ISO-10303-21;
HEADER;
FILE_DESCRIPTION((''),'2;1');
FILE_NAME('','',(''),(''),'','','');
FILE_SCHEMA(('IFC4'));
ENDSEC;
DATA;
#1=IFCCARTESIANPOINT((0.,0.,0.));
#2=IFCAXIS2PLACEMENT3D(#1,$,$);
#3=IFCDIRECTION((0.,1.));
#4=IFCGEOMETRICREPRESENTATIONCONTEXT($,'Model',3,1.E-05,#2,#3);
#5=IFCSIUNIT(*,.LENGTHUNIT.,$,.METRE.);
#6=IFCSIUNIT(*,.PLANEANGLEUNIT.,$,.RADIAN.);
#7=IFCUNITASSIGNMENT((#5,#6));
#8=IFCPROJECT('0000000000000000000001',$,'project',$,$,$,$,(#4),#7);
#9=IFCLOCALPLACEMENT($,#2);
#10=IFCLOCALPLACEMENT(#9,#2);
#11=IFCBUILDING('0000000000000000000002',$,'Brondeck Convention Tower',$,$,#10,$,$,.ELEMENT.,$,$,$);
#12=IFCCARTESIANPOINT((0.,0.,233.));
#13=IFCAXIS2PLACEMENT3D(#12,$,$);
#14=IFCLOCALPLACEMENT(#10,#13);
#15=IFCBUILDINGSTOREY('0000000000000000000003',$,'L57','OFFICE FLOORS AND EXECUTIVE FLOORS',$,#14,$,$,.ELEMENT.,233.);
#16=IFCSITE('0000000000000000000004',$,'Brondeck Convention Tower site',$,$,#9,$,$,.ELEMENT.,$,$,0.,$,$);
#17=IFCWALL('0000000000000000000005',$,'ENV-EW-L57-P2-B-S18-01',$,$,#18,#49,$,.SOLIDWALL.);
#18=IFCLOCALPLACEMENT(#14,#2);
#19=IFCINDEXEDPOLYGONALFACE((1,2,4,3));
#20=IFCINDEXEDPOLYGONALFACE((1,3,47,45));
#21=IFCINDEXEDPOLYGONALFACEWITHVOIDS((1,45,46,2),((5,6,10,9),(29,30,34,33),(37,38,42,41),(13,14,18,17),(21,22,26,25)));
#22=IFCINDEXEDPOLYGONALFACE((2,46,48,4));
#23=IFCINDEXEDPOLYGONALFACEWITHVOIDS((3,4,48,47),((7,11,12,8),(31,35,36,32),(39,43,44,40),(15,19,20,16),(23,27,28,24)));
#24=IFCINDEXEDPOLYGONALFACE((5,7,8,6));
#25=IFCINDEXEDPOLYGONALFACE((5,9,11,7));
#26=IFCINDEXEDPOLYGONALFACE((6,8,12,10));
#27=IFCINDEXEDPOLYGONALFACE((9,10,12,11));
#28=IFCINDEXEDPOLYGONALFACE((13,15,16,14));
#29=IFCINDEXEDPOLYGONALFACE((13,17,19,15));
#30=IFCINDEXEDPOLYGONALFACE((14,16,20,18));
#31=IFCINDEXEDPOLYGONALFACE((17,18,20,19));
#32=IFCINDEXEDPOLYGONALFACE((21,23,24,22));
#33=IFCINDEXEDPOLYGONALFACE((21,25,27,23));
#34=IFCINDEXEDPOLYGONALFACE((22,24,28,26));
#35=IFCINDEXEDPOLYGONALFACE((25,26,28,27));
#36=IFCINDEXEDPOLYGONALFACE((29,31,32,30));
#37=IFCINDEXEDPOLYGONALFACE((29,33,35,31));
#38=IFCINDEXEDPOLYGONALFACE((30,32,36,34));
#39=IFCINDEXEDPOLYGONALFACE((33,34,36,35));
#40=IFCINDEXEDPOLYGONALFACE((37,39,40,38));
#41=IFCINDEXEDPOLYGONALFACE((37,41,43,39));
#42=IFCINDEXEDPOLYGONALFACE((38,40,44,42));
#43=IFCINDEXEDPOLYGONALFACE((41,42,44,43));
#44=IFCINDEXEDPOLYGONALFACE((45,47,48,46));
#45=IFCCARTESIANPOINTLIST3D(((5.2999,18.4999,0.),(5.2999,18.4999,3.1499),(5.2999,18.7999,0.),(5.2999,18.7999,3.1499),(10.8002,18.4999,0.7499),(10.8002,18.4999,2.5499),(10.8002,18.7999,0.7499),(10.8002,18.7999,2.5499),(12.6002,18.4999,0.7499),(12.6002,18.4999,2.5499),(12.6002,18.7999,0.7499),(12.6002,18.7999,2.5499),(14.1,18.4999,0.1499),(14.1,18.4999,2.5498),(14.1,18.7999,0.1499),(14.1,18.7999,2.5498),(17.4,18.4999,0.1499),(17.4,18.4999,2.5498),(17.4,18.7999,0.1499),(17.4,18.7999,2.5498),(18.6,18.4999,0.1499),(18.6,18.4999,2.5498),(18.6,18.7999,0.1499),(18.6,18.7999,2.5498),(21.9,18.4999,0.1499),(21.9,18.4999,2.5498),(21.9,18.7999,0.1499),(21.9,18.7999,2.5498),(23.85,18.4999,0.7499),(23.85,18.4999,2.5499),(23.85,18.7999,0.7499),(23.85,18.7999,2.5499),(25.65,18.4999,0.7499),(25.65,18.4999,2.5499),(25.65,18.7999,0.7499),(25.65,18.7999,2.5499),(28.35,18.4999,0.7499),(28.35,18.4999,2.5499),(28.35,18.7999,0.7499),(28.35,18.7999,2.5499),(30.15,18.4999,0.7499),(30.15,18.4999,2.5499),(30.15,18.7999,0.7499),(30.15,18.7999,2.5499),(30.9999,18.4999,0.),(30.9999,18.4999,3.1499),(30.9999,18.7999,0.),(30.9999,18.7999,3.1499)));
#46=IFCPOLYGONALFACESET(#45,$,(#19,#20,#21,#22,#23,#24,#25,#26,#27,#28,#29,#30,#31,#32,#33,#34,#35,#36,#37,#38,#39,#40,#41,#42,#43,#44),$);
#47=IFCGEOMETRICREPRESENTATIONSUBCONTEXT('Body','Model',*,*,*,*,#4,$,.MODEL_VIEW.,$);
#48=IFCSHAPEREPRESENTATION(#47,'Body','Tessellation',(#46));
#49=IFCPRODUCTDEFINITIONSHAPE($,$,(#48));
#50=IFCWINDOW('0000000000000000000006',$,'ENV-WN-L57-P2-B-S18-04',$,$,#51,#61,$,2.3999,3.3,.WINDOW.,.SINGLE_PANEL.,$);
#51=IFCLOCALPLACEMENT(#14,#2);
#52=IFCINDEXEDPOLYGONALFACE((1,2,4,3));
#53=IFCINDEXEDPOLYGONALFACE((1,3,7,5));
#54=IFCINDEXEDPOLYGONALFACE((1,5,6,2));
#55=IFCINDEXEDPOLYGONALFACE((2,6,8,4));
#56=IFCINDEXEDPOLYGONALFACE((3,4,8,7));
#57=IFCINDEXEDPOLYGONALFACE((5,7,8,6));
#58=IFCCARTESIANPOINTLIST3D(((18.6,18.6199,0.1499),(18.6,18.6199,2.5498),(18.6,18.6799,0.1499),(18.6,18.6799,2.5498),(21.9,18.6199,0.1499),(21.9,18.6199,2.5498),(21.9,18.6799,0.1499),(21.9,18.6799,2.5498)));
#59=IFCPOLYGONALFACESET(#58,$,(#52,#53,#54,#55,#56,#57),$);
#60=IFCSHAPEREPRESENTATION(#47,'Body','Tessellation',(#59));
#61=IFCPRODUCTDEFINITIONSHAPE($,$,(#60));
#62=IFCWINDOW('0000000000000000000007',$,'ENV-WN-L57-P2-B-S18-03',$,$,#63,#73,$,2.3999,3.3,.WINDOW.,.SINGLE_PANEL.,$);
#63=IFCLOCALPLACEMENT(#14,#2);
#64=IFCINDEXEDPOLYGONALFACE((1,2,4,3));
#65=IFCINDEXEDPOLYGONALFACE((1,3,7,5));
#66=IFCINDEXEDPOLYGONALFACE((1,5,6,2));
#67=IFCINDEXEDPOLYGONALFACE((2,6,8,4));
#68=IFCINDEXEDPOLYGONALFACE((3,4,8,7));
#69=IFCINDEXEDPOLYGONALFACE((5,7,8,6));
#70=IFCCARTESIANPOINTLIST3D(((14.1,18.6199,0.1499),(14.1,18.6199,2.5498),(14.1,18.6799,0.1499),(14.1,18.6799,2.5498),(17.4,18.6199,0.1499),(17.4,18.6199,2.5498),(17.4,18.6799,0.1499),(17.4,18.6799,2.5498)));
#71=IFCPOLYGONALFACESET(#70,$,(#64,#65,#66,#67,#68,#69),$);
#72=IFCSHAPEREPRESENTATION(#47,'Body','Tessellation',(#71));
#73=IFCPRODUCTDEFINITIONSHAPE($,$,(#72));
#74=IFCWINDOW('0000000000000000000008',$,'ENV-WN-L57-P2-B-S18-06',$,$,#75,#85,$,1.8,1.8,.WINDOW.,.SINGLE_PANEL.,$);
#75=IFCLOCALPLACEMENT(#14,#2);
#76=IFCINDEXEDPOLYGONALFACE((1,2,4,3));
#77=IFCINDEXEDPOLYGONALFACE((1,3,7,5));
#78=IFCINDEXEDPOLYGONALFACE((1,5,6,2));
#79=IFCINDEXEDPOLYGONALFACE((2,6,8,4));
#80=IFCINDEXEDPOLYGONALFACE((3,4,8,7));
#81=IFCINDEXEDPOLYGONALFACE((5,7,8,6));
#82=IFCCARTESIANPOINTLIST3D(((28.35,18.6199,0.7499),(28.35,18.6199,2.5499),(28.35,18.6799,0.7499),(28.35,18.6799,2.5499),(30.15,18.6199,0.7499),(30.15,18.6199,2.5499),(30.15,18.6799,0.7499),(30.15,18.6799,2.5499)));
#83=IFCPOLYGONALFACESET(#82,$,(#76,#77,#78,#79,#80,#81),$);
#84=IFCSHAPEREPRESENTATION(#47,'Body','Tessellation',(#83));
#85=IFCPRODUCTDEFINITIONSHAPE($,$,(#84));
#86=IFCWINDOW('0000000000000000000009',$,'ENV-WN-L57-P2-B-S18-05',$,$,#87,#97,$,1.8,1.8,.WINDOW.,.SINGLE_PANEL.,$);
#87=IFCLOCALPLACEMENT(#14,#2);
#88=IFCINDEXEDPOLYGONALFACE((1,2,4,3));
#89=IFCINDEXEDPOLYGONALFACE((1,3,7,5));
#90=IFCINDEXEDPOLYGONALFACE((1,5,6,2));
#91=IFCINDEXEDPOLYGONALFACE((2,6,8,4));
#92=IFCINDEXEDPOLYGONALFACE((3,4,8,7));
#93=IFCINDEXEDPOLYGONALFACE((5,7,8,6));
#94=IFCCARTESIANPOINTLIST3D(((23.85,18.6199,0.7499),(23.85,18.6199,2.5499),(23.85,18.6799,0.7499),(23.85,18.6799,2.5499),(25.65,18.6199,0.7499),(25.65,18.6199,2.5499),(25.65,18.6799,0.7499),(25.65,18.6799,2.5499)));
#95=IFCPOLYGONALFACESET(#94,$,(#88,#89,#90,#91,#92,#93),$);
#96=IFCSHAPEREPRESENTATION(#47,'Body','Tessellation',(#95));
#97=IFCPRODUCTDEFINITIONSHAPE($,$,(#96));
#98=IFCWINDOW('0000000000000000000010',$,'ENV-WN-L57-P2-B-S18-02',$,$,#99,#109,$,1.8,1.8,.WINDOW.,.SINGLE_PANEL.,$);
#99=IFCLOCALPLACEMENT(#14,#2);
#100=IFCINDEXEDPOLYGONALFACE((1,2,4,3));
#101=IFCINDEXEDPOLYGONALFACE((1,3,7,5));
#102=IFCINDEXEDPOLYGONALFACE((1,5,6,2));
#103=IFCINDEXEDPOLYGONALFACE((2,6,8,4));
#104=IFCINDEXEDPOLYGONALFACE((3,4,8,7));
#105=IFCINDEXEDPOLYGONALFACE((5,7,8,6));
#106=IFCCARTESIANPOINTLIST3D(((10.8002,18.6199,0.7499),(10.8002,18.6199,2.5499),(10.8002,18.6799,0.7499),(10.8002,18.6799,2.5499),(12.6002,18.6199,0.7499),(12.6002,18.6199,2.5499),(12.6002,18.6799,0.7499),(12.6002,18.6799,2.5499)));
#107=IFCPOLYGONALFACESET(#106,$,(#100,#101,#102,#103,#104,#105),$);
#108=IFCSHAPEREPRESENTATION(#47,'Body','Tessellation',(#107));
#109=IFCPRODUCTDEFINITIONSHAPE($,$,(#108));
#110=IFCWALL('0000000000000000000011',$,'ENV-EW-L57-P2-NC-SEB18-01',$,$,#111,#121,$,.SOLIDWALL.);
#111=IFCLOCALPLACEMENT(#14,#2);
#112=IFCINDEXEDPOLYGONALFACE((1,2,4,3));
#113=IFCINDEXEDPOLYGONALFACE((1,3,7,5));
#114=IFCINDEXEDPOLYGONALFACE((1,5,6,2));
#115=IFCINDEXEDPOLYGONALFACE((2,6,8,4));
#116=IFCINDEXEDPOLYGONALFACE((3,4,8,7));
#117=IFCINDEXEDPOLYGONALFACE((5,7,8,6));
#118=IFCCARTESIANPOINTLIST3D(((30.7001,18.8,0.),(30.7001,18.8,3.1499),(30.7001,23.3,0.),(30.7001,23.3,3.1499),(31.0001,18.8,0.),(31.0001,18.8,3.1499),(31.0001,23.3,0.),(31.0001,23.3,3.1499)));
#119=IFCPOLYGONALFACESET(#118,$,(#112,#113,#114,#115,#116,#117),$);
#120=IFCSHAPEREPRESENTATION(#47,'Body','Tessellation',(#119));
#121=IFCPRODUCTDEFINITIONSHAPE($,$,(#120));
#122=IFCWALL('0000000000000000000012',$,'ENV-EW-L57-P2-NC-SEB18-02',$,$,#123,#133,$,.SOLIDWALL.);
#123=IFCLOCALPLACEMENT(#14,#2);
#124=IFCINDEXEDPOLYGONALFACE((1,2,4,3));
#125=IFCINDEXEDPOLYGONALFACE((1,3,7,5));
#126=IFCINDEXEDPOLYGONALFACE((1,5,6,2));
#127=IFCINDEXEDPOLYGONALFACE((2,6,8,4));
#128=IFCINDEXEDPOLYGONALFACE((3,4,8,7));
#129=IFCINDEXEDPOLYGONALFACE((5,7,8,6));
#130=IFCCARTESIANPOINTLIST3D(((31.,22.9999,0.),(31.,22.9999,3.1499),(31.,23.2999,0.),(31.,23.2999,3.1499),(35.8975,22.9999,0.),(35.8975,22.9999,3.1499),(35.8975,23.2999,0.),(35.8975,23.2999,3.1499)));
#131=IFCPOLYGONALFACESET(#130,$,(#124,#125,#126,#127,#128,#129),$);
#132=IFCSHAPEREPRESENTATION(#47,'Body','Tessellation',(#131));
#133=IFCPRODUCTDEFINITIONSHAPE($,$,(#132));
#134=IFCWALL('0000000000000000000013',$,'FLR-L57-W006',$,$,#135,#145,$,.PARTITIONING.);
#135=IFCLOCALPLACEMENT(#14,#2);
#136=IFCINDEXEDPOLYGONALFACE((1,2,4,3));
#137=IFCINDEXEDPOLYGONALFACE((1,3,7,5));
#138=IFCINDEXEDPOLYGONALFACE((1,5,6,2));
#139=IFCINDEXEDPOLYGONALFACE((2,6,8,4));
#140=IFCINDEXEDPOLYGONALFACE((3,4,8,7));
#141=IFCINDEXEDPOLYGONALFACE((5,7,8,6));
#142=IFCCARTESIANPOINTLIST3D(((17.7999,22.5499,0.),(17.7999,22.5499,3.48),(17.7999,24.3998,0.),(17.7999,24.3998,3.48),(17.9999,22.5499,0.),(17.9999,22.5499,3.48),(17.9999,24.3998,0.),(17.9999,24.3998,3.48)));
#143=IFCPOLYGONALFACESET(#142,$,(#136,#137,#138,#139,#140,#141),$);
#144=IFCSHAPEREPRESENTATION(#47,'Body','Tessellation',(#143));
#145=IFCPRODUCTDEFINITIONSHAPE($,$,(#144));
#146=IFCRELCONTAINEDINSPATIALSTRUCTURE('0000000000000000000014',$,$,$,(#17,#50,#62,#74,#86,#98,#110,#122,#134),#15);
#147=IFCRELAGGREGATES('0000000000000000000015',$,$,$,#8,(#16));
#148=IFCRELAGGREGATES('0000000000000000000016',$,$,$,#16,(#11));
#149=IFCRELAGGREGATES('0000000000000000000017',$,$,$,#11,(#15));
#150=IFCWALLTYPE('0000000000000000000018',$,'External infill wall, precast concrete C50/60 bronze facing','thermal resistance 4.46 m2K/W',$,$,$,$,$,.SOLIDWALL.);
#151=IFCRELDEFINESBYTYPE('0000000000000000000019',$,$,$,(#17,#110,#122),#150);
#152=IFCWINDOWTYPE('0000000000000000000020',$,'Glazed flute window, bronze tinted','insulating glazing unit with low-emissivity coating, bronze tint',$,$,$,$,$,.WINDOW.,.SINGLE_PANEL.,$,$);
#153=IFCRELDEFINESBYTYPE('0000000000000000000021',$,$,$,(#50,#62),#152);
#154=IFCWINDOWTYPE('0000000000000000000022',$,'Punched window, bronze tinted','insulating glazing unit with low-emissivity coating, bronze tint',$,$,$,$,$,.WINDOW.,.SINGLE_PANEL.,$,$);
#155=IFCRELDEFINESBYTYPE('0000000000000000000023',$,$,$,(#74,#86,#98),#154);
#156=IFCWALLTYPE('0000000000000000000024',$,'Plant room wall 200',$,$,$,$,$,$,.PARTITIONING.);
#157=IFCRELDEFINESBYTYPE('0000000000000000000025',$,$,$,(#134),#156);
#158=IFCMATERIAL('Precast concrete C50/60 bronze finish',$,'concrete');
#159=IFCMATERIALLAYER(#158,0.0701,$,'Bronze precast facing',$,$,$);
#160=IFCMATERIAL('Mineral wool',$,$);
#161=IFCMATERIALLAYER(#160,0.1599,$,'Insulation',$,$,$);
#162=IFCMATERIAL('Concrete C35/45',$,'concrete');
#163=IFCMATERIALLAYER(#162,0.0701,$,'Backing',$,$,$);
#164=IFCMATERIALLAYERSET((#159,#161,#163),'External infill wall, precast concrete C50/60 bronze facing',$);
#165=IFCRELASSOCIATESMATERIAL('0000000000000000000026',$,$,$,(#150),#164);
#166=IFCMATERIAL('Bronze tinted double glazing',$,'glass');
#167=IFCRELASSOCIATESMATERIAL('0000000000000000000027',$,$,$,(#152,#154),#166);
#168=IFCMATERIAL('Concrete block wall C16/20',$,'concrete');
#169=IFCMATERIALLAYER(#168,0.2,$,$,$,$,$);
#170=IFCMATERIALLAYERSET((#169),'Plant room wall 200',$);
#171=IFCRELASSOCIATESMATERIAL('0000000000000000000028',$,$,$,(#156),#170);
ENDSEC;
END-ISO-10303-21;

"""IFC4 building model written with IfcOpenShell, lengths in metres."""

from ifc_helpers import new_model, si_unit, direction, frame, frame_2d, origin, place, context, subcontext, project, spatial, rectangle, extrude, material, layer, layer_set, type_object, element, fill, save


model = new_model("IFC4")

# Units and contexts
model_context = context("Model", 3, precision=1e-05, world=origin(), true_north=direction((0.0, 1.0)))
body_context = subcontext(model_context, "Body", "Model", "MODEL_VIEW")
ifc_project = project(units=[si_unit("LENGTHUNIT", "METRE"), si_unit("PLANEANGLEUNIT", "RADIAN")], contexts=[model_context])

# Site, building, storey
site_placement = place(None, origin())
site = spatial("IfcSite", under=ifc_project, at=site_placement, Name="Brondeck Convention Tower site", CompositionType="ELEMENT", RefElevation=0.0)
building_placement = place(site_placement, origin())
building = spatial("IfcBuilding", under=site, at=building_placement, Name="Brondeck Convention Tower", CompositionType="ELEMENT")
storey_placement = place(building_placement, frame((0.0, 0.0, 233.0)))
storey = spatial("IfcBuildingStorey", under=building, at=storey_placement, Name="L57", Description="OFFICE FLOORS AND EXECUTIVE FLOORS", CompositionType="ELEMENT", Elevation=233.0)

# Wall, openings, windows
ifc_material_1 = material(Name="Precast concrete C50/60 bronze finish", Category="concrete")
ifc_layer_1 = layer(ifc_material_1, 0.0701, Name="Bronze precast facing")
ifc_material_2 = material(Name="Mineral wool")
ifc_layer_2 = layer(ifc_material_2, 0.1599, Name="Insulation")
ifc_material_3 = material(Name="Concrete C35/45", Category="concrete")
ifc_layer_3 = layer(ifc_material_3, 0.0701, Name="Backing")
ifc_layer_set_1 = layer_set([ifc_layer_1, ifc_layer_2, ifc_layer_3], Name="External infill wall, precast concrete C50/60 bronze facing")
wall_type_1 = type_object("IfcWallType", Name="External infill wall, precast concrete C50/60 bronze facing", Description="thermal resistance 4.46 m2K/W", PredefinedType="SOLIDWALL", material=ifc_layer_set_1)
wall_1_placement = place(storey_placement, frame((31.0, 18.6499, 0.0), z_axis=(0.0, 0.0, 1.0), x_axis=(-1.0, 0.0, 0.0)))
wall_1 = element("IfcWall", 1, at=wall_1_placement, inside=storey, type_object=wall_type_1, Name="ENV-EW-L57-P2-B-S18-01", PredefinedType="SOLIDWALL", context=body_context, shape_type="SweptSolid", body=[
    extrude(rectangle(XDim=25.7, YDim=0.3, at=frame_2d((12.8501, 0.0))), origin(), (0.0, 0.0, 1.0), 3.1499),
])
opening_1_placement = place(wall_1_placement, frame((0.8501, 0.0, 0.75)))
opening_1 = element("IfcOpeningElement", 2, at=opening_1_placement, cuts=wall_1, PredefinedType="OPENING", context=body_context, shape_type="SweptSolid", body=[
    extrude(rectangle(XDim=1.8, YDim=1.8, at=frame_2d((0.8999, 0.8999))), frame((0.0, 0.1599, 0.0), z_axis=(0.0, -1.0, 0.0), x_axis=(1.0, 0.0, 0.0)), (0.0, 0.0, 1.0), 0.3201),
])
opening_2_placement = place(wall_1_placement, frame((5.3501, 0.0, 0.75)))
opening_2 = element("IfcOpeningElement", 3, at=opening_2_placement, cuts=wall_1, PredefinedType="OPENING", context=body_context, shape_type="SweptSolid", body=[
    extrude(rectangle(XDim=1.8, YDim=1.8, at=frame_2d((0.8999, 0.8999))), frame((0.0, 0.1599, 0.0), z_axis=(0.0, -1.0, 0.0), x_axis=(1.0, 0.0, 0.0)), (0.0, 0.0, 1.0), 0.3201),
])
opening_3_placement = place(wall_1_placement, frame((9.1001, 0.0, 0.1499)))
opening_3 = element("IfcOpeningElement", 4, at=opening_3_placement, cuts=wall_1, PredefinedType="OPENING", context=body_context, shape_type="SweptSolid", body=[
    extrude(rectangle(XDim=3.3, YDim=2.3999, at=frame_2d((1.6499, 1.2))), frame((0.0, 0.1599, 0.0), z_axis=(0.0, -1.0, 0.0), x_axis=(1.0, 0.0, 0.0)), (0.0, 0.0, 1.0), 0.3201),
])
opening_4_placement = place(wall_1_placement, frame((13.6001, 0.0, 0.1499)))
opening_4 = element("IfcOpeningElement", 5, at=opening_4_placement, cuts=wall_1, PredefinedType="OPENING", context=body_context, shape_type="SweptSolid", body=[
    extrude(rectangle(XDim=3.3, YDim=2.3999, at=frame_2d((1.6499, 1.2))), frame((0.0, 0.1599, 0.0), z_axis=(0.0, -1.0, 0.0), x_axis=(1.0, 0.0, 0.0)), (0.0, 0.0, 1.0), 0.3201),
])
opening_5_placement = place(wall_1_placement, frame((18.3999, 0.0, 0.75)))
opening_5 = element("IfcOpeningElement", 6, at=opening_5_placement, cuts=wall_1, PredefinedType="OPENING", context=body_context, shape_type="SweptSolid", body=[
    extrude(rectangle(XDim=1.8, YDim=1.8, at=frame_2d((0.8999, 0.8999))), frame((0.0, 0.1599, 0.0), z_axis=(0.0, -1.0, 0.0), x_axis=(1.0, 0.0, 0.0)), (0.0, 0.0, 1.0), 0.3201),
])
ifc_material_4 = material(Name="Bronze tinted double glazing", Category="glass")
window_type_1 = type_object("IfcWindowType", Name="Glazed flute window, bronze tinted", Description="insulating glazing unit with low-emissivity coating, bronze tint", PartitioningType="SINGLE_PANEL", PredefinedType="WINDOW", material=ifc_material_4)
window_1_placement = place(opening_3_placement, origin())
window_1 = element("IfcWindow", 7, at=window_1_placement, inside=storey, type_object=window_type_1, Name="ENV-WN-L57-P2-B-S18-04", OverallHeight=2.3999, OverallWidth=3.3, PartitioningType="SINGLE_PANEL", PredefinedType="WINDOW", context=body_context, shape_type="SweptSolid", body=[
    extrude(rectangle(XDim=3.3, YDim=2.3999, at=frame_2d((1.6499, 1.2))), frame((0.0, 0.03, 0.0), z_axis=(0.0, -1.0, 0.0), x_axis=(1.0, 0.0, 0.0)), (0.0, 0.0, 1.0), 0.0601),
])
fill(opening_3, window_1)
window_2_placement = place(opening_4_placement, origin())
window_2 = element("IfcWindow", 8, at=window_2_placement, inside=storey, type_object=window_type_1, Name="ENV-WN-L57-P2-B-S18-03", OverallHeight=2.3999, OverallWidth=3.3, PartitioningType="SINGLE_PANEL", PredefinedType="WINDOW", context=body_context, shape_type="SweptSolid", body=[
    extrude(rectangle(XDim=3.3, YDim=2.3999, at=frame_2d((1.6499, 1.2))), frame((0.0, 0.03, 0.0), z_axis=(0.0, -1.0, 0.0), x_axis=(1.0, 0.0, 0.0)), (0.0, 0.0, 1.0), 0.0601),
])
fill(opening_4, window_2)
window_type_2 = type_object("IfcWindowType", Name="Punched window, bronze tinted", Description="insulating glazing unit with low-emissivity coating, bronze tint", PartitioningType="SINGLE_PANEL", PredefinedType="WINDOW", material=ifc_material_4)
window_3_placement = place(opening_1_placement, origin())
window_3 = element("IfcWindow", 9, at=window_3_placement, inside=storey, type_object=window_type_2, Name="ENV-WN-L57-P2-B-S18-06", OverallHeight=1.8, OverallWidth=1.8, PartitioningType="SINGLE_PANEL", PredefinedType="WINDOW", context=body_context, shape_type="SweptSolid", body=[
    extrude(rectangle(XDim=1.8, YDim=1.8, at=frame_2d((0.8999, 0.8999))), frame((0.0, 0.03, 0.0), z_axis=(0.0, -1.0, 0.0), x_axis=(1.0, 0.0, 0.0)), (0.0, 0.0, 1.0), 0.0601),
])
fill(opening_1, window_3)
window_4_placement = place(opening_2_placement, origin())
window_4 = element("IfcWindow", 10, at=window_4_placement, inside=storey, type_object=window_type_2, Name="ENV-WN-L57-P2-B-S18-05", OverallHeight=1.8, OverallWidth=1.8, PartitioningType="SINGLE_PANEL", PredefinedType="WINDOW", context=body_context, shape_type="SweptSolid", body=[
    extrude(rectangle(XDim=1.8, YDim=1.8, at=frame_2d((0.8999, 0.8999))), frame((0.0, 0.03, 0.0), z_axis=(0.0, -1.0, 0.0), x_axis=(1.0, 0.0, 0.0)), (0.0, 0.0, 1.0), 0.0601),
])
fill(opening_2, window_4)
window_5_placement = place(opening_5_placement, origin())
window_5 = element("IfcWindow", 11, at=window_5_placement, inside=storey, type_object=window_type_2, Name="ENV-WN-L57-P2-B-S18-02", OverallHeight=1.8, OverallWidth=1.8, PartitioningType="SINGLE_PANEL", PredefinedType="WINDOW", context=body_context, shape_type="SweptSolid", body=[
    extrude(rectangle(XDim=1.8, YDim=1.8, at=frame_2d((0.8999, 0.8999))), frame((0.0, 0.03, 0.0), z_axis=(0.0, -1.0, 0.0), x_axis=(1.0, 0.0, 0.0)), (0.0, 0.0, 1.0), 0.0601),
])
fill(opening_5, window_5)

# Walls
wall_2_placement = place(storey_placement, frame((30.8501, 23.3, 0.0), z_axis=(0.0, 0.0, 1.0), x_axis=(0.0, -1.0, 0.0)))
element("IfcWall", 12, at=wall_2_placement, inside=storey, type_object=wall_type_1, Name="ENV-EW-L57-P2-NC-SEB18-01", PredefinedType="SOLIDWALL", context=body_context, shape_type="SweptSolid", body=[
    extrude(rectangle(XDim=4.5, YDim=0.3, at=frame_2d((2.25, 0.0))), origin(), (0.0, 0.0, 1.0), 3.1499),
])
wall_3_placement = place(storey_placement, frame((35.8975, 23.1499, 0.0), z_axis=(0.0, 0.0, 1.0), x_axis=(-1.0, 0.0, 0.0)))
element("IfcWall", 13, at=wall_3_placement, inside=storey, type_object=wall_type_1, Name="ENV-EW-L57-P2-NC-SEB18-02", PredefinedType="SOLIDWALL", context=body_context, shape_type="SweptSolid", body=[
    extrude(rectangle(XDim=4.8975, YDim=0.3, at=frame_2d((2.4487, 0.0))), origin(), (0.0, 0.0, 1.0), 3.1499),
])
ifc_material_5 = material(Name="Concrete block wall C16/20", Category="concrete")
ifc_layer_4 = layer(ifc_material_5, 0.2)
ifc_layer_set_2 = layer_set([ifc_layer_4], Name="Plant room wall 200")
wall_type_2 = type_object("IfcWallType", Name="Plant room wall 200", PredefinedType="PARTITIONING", material=ifc_layer_set_2)
wall_4_placement = place(storey_placement, frame((17.8999, 22.55, 0.0), z_axis=(0.0, 0.0, 1.0), x_axis=(0.0, 1.0, 0.0)))
element("IfcWall", 14, at=wall_4_placement, inside=storey, type_object=wall_type_2, Name="FLR-L57-W006", PredefinedType="PARTITIONING", context=body_context, shape_type="SweptSolid", body=[
    extrude(rectangle(XDim=1.8499, YDim=0.2, at=frame_2d((0.9248, 0.0))), origin(), (0.0, 0.0, 1.0), 3.48),
])

save(model, "model.ifc")
